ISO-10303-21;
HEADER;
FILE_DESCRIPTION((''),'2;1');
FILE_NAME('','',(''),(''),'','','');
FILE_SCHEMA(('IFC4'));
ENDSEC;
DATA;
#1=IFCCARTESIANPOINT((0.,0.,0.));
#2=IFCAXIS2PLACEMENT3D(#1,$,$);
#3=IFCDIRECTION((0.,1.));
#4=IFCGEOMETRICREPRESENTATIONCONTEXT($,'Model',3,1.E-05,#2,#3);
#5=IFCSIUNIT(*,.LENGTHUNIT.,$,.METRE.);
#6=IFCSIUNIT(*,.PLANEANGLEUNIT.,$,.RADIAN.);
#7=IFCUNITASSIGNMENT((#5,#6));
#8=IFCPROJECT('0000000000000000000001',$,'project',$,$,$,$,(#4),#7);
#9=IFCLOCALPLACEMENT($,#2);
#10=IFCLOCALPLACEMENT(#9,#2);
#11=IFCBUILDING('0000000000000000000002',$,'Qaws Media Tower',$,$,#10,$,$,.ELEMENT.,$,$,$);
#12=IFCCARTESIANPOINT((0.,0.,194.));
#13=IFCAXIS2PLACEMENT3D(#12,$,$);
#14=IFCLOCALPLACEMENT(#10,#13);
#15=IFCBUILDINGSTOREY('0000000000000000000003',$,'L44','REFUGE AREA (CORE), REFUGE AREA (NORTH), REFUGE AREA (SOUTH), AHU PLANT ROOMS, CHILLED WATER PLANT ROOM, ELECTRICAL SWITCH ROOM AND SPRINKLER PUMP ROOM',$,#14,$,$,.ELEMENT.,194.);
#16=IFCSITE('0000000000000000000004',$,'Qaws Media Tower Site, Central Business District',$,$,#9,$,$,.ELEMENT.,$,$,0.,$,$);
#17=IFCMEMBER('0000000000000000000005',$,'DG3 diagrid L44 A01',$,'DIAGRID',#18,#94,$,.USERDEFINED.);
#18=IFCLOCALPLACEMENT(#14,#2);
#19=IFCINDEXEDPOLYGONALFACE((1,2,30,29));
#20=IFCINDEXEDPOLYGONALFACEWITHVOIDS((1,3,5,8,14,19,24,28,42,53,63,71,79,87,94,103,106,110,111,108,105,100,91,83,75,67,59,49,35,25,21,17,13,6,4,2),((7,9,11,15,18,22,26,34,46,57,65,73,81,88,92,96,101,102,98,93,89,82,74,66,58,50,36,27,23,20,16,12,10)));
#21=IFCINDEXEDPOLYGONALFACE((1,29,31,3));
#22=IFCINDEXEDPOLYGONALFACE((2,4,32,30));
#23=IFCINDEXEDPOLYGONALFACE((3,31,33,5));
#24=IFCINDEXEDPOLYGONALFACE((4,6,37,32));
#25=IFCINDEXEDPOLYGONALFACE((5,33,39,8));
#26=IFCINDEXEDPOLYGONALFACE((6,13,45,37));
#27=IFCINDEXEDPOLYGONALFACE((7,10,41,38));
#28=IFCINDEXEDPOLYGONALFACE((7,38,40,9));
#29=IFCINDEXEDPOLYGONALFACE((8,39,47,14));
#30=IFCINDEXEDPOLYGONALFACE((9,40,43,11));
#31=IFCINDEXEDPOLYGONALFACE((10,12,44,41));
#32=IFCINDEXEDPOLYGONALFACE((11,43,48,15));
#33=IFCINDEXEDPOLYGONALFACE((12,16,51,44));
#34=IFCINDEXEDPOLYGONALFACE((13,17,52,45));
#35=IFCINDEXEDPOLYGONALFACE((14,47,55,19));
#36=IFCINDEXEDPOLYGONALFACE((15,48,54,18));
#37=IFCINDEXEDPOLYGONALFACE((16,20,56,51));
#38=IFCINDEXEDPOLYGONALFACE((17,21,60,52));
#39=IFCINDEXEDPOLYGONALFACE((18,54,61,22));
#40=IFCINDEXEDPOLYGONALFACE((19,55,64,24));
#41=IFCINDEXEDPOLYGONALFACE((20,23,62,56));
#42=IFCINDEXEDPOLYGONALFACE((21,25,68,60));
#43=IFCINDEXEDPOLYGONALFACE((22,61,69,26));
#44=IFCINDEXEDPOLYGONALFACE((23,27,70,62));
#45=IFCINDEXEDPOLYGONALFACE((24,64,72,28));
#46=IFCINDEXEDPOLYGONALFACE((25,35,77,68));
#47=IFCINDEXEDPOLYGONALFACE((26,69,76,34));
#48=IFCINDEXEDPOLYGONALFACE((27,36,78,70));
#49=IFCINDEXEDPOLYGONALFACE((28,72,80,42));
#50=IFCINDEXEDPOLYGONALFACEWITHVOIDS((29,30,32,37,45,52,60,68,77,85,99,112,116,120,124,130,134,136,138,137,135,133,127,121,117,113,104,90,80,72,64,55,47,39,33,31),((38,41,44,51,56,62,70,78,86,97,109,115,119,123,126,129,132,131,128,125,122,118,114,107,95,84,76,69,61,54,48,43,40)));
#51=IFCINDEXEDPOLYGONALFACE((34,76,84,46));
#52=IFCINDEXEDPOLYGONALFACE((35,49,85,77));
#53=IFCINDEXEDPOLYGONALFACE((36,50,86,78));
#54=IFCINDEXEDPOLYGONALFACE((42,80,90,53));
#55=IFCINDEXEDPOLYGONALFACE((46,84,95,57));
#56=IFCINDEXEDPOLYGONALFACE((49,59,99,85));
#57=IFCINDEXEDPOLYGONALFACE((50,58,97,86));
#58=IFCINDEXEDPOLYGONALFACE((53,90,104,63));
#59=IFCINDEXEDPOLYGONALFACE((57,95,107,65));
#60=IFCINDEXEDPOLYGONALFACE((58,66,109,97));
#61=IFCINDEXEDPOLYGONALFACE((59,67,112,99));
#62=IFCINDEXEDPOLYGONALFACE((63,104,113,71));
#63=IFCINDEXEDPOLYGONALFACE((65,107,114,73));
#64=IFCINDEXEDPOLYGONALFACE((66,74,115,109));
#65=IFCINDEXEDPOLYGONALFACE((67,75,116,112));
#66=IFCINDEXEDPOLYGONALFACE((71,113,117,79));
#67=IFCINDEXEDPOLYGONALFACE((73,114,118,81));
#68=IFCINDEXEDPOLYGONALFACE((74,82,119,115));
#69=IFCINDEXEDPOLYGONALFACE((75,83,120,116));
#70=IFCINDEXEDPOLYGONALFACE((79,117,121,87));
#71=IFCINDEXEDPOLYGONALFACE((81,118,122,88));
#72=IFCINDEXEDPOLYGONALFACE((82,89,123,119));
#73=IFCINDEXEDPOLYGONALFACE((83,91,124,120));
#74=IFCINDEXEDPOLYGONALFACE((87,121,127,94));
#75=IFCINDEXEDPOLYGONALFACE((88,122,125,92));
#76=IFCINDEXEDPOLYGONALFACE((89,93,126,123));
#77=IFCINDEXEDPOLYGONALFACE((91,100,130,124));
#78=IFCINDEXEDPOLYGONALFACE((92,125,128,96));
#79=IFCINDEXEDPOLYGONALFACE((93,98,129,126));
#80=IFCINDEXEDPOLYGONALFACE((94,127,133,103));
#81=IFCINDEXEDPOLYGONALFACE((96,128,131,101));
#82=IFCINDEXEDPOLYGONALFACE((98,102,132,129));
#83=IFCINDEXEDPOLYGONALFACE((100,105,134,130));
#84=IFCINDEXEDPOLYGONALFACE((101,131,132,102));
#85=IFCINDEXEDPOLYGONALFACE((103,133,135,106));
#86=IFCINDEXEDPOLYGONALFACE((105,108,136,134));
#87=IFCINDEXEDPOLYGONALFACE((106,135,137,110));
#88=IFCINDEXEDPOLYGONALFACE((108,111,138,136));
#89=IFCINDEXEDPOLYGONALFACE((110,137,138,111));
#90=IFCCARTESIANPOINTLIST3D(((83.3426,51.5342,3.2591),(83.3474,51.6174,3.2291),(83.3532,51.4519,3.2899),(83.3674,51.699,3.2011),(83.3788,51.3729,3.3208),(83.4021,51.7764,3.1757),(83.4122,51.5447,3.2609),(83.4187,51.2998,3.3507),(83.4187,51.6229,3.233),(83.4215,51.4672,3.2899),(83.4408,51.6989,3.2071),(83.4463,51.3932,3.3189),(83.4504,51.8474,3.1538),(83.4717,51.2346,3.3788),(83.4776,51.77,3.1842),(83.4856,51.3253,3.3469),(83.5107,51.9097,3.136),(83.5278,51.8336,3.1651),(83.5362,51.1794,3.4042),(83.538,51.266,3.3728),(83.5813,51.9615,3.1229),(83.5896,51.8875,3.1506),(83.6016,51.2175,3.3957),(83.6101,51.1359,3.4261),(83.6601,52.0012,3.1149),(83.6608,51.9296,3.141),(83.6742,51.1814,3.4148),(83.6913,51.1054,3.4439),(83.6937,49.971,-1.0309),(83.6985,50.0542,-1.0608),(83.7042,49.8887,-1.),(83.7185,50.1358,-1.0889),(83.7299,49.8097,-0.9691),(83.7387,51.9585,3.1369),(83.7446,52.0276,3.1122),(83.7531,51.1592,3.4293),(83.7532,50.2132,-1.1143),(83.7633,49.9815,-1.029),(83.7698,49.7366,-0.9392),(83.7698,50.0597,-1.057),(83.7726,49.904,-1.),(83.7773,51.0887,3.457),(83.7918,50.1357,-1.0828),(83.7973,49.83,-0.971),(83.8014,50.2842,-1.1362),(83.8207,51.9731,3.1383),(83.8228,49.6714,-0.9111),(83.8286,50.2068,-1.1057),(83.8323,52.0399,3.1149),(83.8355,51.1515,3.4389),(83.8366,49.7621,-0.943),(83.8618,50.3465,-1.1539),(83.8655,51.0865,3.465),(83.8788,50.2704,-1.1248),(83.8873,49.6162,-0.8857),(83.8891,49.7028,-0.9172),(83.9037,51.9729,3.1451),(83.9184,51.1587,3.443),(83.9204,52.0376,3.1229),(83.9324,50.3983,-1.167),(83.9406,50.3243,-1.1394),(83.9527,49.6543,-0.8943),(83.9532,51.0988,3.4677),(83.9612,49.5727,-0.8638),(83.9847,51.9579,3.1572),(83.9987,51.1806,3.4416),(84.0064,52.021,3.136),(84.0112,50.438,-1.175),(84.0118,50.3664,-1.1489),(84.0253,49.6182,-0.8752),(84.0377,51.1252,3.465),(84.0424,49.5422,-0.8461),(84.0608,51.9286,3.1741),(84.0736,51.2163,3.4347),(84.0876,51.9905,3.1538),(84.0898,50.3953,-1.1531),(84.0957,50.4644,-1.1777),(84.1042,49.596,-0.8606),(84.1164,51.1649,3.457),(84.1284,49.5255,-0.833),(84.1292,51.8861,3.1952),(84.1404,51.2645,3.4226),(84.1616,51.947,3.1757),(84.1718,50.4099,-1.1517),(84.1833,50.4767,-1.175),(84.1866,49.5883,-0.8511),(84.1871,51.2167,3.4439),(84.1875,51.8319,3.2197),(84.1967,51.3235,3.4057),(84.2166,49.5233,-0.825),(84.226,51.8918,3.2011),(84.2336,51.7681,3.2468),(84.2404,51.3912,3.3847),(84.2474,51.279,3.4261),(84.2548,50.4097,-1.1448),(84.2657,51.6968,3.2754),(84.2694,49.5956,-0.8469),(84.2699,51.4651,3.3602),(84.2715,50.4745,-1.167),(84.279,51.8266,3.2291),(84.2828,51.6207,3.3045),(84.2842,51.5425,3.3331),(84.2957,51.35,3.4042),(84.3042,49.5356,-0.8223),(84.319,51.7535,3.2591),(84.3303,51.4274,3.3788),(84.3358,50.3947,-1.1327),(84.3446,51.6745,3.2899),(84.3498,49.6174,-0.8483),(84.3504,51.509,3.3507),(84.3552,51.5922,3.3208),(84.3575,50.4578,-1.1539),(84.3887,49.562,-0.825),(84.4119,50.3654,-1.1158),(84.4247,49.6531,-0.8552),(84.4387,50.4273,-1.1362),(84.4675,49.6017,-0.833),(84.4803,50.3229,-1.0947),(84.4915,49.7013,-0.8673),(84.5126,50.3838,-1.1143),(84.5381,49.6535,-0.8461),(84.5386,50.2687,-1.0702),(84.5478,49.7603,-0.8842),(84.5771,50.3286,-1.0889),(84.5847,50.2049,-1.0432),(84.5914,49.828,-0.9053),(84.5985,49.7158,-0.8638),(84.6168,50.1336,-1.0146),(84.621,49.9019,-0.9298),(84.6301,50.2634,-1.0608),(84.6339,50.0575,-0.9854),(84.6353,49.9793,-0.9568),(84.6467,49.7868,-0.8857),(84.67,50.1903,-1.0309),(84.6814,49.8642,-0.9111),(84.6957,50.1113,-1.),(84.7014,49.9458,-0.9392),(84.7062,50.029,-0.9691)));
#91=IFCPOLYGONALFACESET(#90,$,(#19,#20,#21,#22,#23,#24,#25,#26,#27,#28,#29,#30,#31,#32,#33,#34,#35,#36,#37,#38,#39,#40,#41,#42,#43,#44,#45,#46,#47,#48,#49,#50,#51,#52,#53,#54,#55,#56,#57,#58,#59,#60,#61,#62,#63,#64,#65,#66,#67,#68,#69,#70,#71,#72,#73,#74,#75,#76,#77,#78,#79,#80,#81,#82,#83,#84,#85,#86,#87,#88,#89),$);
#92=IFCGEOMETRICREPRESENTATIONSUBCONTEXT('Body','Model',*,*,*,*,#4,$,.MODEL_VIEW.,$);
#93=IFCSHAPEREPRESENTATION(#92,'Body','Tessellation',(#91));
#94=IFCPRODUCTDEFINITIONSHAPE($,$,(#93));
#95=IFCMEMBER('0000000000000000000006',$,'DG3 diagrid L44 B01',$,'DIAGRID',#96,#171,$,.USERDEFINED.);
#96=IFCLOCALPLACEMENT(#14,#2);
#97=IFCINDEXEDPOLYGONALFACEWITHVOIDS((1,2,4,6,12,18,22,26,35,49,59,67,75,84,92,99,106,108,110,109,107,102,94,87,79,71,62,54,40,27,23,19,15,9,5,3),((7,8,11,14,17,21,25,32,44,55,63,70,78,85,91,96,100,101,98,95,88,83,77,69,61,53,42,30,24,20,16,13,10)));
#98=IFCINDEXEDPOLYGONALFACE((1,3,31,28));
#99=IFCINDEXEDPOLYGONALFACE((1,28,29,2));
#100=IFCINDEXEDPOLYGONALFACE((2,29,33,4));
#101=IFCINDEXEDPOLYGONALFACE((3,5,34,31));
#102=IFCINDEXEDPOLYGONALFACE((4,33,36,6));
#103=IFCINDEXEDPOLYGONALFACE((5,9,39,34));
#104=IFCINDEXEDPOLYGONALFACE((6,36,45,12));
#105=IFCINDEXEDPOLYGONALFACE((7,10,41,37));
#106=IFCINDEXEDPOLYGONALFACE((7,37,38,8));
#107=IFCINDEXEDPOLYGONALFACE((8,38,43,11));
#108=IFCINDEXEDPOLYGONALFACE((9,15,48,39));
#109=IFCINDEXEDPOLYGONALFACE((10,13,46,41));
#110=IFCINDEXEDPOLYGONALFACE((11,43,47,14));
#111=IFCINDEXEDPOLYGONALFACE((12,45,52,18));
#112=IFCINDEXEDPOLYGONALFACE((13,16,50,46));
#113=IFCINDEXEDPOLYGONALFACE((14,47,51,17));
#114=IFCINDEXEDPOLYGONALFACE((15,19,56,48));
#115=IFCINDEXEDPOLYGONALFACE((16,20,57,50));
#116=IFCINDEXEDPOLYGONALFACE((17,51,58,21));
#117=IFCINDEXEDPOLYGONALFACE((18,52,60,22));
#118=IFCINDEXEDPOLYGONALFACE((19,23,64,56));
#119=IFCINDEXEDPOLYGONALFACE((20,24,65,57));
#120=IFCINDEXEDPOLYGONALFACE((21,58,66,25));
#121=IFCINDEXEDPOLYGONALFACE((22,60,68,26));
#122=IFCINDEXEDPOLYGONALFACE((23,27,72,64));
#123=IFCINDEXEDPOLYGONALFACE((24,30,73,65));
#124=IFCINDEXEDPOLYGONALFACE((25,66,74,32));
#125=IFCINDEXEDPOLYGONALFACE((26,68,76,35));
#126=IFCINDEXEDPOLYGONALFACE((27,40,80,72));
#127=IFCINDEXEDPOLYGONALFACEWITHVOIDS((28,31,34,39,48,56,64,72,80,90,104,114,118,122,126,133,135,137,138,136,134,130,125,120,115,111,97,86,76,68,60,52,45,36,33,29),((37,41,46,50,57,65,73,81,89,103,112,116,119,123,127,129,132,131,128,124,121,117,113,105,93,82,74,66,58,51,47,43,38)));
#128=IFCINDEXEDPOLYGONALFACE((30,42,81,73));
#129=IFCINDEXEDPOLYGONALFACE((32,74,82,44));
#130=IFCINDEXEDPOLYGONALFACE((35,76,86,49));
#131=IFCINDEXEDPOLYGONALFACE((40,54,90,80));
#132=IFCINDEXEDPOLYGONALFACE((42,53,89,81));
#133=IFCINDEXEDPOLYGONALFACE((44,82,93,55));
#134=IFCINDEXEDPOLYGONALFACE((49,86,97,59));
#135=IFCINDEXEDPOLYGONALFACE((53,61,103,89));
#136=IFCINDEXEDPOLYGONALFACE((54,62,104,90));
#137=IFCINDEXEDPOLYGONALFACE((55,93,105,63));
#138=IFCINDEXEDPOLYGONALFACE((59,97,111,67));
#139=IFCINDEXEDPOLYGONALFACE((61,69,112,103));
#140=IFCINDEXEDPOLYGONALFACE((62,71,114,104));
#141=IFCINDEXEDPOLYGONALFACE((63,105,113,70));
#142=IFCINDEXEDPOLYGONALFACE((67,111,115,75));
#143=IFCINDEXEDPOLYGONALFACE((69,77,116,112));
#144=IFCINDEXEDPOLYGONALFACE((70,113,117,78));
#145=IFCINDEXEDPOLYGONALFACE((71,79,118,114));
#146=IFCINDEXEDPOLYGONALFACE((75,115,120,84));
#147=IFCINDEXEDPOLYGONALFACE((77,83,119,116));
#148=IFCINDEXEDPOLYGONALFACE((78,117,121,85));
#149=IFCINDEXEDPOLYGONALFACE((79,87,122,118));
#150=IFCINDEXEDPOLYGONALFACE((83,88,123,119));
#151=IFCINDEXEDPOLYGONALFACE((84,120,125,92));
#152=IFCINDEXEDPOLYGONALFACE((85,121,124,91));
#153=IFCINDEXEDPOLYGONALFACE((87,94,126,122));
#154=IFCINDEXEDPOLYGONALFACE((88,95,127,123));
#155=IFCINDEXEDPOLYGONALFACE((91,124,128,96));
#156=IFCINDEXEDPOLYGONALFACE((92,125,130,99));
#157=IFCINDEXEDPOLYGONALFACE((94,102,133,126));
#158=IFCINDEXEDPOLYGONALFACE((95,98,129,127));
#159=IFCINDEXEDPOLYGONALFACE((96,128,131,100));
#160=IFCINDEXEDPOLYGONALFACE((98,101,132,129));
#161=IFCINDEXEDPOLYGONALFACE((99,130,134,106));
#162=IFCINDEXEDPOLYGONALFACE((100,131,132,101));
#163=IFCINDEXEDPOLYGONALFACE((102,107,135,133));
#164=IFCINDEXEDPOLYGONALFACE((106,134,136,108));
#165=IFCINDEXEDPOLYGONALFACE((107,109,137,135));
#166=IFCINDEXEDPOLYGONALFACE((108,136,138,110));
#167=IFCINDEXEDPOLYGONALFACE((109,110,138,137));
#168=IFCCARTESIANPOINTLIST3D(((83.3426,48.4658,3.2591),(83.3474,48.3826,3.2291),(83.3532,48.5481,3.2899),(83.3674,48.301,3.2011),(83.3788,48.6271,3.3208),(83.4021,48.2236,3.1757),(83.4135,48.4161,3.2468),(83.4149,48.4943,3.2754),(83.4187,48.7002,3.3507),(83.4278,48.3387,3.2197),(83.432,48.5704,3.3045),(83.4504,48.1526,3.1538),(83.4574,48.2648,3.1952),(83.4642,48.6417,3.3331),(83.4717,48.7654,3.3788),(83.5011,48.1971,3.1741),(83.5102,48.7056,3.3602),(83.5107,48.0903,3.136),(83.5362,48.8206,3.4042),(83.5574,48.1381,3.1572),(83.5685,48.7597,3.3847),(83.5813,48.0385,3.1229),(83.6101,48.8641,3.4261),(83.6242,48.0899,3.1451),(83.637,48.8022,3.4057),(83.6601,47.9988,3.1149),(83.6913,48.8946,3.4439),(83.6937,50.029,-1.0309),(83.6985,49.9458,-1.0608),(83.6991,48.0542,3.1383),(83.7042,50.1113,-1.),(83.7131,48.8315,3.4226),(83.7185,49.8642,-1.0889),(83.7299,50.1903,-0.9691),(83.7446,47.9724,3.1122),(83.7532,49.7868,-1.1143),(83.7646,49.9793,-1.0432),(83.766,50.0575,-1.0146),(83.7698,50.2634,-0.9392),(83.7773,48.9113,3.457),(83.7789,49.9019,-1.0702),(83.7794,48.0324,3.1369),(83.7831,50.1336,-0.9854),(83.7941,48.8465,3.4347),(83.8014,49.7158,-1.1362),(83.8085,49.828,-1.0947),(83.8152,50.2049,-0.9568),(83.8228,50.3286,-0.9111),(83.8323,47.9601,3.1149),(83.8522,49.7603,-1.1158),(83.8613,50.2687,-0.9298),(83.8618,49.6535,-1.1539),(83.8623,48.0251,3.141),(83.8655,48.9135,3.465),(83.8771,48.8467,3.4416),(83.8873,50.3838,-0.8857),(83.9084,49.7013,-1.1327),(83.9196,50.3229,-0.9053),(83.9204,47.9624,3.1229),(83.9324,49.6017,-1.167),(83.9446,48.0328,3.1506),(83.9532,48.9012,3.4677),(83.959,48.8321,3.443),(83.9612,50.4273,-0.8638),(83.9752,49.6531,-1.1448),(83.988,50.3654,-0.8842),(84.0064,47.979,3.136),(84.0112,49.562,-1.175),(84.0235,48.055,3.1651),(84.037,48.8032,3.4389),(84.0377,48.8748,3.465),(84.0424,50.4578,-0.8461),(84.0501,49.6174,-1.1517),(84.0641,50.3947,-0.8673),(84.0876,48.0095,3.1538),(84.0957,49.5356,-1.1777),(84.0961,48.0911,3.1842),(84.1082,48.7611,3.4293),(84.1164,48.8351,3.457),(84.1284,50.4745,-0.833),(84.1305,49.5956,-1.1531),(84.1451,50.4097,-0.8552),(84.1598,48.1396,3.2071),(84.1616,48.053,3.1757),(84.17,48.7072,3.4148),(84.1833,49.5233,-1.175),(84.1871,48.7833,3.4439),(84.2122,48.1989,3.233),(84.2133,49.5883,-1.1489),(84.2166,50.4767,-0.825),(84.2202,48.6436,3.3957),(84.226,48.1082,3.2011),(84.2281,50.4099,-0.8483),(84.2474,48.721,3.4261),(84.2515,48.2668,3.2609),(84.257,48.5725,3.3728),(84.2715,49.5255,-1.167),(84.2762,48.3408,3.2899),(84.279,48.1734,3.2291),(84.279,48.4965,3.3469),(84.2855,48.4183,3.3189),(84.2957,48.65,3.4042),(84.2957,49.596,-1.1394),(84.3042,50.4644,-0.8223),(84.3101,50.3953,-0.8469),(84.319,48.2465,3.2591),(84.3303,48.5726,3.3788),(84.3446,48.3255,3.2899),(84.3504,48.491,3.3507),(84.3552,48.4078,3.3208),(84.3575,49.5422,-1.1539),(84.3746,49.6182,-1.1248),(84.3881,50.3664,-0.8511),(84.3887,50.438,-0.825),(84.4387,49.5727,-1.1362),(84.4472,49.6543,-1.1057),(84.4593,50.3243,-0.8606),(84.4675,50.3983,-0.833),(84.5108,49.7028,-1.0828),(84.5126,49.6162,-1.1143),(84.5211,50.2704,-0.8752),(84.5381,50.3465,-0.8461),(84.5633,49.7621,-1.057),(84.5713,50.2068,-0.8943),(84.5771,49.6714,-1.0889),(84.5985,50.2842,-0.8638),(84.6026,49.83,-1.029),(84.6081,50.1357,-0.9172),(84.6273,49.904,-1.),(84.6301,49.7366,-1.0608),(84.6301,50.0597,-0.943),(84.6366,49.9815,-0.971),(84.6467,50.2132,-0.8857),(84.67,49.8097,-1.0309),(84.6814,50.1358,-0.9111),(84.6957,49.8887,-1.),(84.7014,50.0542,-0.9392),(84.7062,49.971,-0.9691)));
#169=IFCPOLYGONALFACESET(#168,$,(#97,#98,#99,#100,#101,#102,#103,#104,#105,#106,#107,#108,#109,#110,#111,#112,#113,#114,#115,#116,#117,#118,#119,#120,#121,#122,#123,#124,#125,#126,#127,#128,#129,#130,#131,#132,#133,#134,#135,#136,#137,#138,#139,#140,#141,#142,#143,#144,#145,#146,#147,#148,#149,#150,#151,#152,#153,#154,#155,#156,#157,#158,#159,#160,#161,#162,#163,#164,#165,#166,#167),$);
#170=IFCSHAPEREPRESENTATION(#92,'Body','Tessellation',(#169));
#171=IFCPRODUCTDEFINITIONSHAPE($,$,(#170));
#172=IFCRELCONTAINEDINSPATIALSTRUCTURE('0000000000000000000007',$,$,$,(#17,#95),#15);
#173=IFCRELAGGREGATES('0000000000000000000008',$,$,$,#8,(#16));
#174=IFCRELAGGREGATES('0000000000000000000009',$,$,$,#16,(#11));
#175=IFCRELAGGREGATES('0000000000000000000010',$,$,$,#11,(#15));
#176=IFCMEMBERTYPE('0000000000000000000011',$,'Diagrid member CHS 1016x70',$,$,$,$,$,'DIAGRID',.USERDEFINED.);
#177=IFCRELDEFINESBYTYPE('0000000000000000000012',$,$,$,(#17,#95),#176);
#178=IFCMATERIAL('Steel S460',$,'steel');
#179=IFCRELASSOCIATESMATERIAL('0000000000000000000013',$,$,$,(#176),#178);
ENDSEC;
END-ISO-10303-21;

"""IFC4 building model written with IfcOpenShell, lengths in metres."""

from ifc_helpers import new_model, si_unit, direction, frame, origin, origin_2d, place, context, subcontext, project, spatial, hollow_circle, extrude, material, material_profile, profile_set, type_object, element, save


model = new_model("IFC4")

# Units and contexts
model_context = context("Model", 3, precision=1e-05, world=origin(), true_north=direction((0.0, 1.0)))
body_context = subcontext(model_context, "Body", "Model", "MODEL_VIEW")
ifc_project = project(units=[si_unit("LENGTHUNIT", "METRE"), si_unit("PLANEANGLEUNIT", "RADIAN")], contexts=[model_context])

# Site, building, storey
site_placement = place(None, origin())
site = spatial("IfcSite", under=ifc_project, at=site_placement, Name="Qaws Media Tower Site, Central Business District", CompositionType="ELEMENT", RefElevation=0.0)
building_placement = place(site_placement, origin())
building = spatial("IfcBuilding", under=site, at=building_placement, Name="Qaws Media Tower", CompositionType="ELEMENT")
storey_placement = place(building_placement, frame((0.0, 0.0, 194.0)))
storey = spatial("IfcBuildingStorey", under=building, at=storey_placement, Name="L44", Description="REFUGE AREA (CORE), REFUGE AREA (NORTH), REFUGE AREA (SOUTH), AHU PLANT ROOMS, CHILLED WATER PLANT ROOM, ELECTRICAL SWITCH ROOM AND SPRINKLER PUMP ROOM", CompositionType="ELEMENT", Elevation=194.0)

# Members
ifc_material_1 = material(Name="Steel S460", Category="steel")
ifc_material_profile_1 = material_profile(ifc_material_1, hollow_circle(Radius=0.5081, WallThickness=0.0701, at=origin_2d()), Name="CHS 1016x70")
ifc_profile_set_1 = profile_set([ifc_material_profile_1], Name="Steel S460")
member_type_1 = type_object("IfcMemberType", Name="Diagrid member CHS 1016x70", ElementType="DIAGRID", PredefinedType="USERDEFINED", material=ifc_profile_set_1)
for number, where, z_axis, x_axis, name in (
    (1, (84.2, 50.0, -1.0), (-0.076663, 0.341358, 0.936802), (-0.975697, -0.219124, 0.0), "DG3 diagrid L44 A01"),
    (2, (84.2, 50.0, -1.0), (-0.076663, -0.341358, 0.936802), (0.975697, -0.219124, 0.0), "DG3 diagrid L44 B01"),
):
    element("IfcMember", number, at=place(storey_placement, frame(where, z_axis=z_axis, x_axis=x_axis)), inside=storey, type_object=member_type_1, Name=name, ObjectType="DIAGRID", PredefinedType="USERDEFINED", context=body_context, shape_type="SweptSolid", body=[
        extrude(hollow_circle(Radius=0.5081, WallThickness=0.0701, at=origin_2d()), origin(), (0.0, 0.0, 1.0), 4.5793),
    ])

save(model, "model.ifc")
